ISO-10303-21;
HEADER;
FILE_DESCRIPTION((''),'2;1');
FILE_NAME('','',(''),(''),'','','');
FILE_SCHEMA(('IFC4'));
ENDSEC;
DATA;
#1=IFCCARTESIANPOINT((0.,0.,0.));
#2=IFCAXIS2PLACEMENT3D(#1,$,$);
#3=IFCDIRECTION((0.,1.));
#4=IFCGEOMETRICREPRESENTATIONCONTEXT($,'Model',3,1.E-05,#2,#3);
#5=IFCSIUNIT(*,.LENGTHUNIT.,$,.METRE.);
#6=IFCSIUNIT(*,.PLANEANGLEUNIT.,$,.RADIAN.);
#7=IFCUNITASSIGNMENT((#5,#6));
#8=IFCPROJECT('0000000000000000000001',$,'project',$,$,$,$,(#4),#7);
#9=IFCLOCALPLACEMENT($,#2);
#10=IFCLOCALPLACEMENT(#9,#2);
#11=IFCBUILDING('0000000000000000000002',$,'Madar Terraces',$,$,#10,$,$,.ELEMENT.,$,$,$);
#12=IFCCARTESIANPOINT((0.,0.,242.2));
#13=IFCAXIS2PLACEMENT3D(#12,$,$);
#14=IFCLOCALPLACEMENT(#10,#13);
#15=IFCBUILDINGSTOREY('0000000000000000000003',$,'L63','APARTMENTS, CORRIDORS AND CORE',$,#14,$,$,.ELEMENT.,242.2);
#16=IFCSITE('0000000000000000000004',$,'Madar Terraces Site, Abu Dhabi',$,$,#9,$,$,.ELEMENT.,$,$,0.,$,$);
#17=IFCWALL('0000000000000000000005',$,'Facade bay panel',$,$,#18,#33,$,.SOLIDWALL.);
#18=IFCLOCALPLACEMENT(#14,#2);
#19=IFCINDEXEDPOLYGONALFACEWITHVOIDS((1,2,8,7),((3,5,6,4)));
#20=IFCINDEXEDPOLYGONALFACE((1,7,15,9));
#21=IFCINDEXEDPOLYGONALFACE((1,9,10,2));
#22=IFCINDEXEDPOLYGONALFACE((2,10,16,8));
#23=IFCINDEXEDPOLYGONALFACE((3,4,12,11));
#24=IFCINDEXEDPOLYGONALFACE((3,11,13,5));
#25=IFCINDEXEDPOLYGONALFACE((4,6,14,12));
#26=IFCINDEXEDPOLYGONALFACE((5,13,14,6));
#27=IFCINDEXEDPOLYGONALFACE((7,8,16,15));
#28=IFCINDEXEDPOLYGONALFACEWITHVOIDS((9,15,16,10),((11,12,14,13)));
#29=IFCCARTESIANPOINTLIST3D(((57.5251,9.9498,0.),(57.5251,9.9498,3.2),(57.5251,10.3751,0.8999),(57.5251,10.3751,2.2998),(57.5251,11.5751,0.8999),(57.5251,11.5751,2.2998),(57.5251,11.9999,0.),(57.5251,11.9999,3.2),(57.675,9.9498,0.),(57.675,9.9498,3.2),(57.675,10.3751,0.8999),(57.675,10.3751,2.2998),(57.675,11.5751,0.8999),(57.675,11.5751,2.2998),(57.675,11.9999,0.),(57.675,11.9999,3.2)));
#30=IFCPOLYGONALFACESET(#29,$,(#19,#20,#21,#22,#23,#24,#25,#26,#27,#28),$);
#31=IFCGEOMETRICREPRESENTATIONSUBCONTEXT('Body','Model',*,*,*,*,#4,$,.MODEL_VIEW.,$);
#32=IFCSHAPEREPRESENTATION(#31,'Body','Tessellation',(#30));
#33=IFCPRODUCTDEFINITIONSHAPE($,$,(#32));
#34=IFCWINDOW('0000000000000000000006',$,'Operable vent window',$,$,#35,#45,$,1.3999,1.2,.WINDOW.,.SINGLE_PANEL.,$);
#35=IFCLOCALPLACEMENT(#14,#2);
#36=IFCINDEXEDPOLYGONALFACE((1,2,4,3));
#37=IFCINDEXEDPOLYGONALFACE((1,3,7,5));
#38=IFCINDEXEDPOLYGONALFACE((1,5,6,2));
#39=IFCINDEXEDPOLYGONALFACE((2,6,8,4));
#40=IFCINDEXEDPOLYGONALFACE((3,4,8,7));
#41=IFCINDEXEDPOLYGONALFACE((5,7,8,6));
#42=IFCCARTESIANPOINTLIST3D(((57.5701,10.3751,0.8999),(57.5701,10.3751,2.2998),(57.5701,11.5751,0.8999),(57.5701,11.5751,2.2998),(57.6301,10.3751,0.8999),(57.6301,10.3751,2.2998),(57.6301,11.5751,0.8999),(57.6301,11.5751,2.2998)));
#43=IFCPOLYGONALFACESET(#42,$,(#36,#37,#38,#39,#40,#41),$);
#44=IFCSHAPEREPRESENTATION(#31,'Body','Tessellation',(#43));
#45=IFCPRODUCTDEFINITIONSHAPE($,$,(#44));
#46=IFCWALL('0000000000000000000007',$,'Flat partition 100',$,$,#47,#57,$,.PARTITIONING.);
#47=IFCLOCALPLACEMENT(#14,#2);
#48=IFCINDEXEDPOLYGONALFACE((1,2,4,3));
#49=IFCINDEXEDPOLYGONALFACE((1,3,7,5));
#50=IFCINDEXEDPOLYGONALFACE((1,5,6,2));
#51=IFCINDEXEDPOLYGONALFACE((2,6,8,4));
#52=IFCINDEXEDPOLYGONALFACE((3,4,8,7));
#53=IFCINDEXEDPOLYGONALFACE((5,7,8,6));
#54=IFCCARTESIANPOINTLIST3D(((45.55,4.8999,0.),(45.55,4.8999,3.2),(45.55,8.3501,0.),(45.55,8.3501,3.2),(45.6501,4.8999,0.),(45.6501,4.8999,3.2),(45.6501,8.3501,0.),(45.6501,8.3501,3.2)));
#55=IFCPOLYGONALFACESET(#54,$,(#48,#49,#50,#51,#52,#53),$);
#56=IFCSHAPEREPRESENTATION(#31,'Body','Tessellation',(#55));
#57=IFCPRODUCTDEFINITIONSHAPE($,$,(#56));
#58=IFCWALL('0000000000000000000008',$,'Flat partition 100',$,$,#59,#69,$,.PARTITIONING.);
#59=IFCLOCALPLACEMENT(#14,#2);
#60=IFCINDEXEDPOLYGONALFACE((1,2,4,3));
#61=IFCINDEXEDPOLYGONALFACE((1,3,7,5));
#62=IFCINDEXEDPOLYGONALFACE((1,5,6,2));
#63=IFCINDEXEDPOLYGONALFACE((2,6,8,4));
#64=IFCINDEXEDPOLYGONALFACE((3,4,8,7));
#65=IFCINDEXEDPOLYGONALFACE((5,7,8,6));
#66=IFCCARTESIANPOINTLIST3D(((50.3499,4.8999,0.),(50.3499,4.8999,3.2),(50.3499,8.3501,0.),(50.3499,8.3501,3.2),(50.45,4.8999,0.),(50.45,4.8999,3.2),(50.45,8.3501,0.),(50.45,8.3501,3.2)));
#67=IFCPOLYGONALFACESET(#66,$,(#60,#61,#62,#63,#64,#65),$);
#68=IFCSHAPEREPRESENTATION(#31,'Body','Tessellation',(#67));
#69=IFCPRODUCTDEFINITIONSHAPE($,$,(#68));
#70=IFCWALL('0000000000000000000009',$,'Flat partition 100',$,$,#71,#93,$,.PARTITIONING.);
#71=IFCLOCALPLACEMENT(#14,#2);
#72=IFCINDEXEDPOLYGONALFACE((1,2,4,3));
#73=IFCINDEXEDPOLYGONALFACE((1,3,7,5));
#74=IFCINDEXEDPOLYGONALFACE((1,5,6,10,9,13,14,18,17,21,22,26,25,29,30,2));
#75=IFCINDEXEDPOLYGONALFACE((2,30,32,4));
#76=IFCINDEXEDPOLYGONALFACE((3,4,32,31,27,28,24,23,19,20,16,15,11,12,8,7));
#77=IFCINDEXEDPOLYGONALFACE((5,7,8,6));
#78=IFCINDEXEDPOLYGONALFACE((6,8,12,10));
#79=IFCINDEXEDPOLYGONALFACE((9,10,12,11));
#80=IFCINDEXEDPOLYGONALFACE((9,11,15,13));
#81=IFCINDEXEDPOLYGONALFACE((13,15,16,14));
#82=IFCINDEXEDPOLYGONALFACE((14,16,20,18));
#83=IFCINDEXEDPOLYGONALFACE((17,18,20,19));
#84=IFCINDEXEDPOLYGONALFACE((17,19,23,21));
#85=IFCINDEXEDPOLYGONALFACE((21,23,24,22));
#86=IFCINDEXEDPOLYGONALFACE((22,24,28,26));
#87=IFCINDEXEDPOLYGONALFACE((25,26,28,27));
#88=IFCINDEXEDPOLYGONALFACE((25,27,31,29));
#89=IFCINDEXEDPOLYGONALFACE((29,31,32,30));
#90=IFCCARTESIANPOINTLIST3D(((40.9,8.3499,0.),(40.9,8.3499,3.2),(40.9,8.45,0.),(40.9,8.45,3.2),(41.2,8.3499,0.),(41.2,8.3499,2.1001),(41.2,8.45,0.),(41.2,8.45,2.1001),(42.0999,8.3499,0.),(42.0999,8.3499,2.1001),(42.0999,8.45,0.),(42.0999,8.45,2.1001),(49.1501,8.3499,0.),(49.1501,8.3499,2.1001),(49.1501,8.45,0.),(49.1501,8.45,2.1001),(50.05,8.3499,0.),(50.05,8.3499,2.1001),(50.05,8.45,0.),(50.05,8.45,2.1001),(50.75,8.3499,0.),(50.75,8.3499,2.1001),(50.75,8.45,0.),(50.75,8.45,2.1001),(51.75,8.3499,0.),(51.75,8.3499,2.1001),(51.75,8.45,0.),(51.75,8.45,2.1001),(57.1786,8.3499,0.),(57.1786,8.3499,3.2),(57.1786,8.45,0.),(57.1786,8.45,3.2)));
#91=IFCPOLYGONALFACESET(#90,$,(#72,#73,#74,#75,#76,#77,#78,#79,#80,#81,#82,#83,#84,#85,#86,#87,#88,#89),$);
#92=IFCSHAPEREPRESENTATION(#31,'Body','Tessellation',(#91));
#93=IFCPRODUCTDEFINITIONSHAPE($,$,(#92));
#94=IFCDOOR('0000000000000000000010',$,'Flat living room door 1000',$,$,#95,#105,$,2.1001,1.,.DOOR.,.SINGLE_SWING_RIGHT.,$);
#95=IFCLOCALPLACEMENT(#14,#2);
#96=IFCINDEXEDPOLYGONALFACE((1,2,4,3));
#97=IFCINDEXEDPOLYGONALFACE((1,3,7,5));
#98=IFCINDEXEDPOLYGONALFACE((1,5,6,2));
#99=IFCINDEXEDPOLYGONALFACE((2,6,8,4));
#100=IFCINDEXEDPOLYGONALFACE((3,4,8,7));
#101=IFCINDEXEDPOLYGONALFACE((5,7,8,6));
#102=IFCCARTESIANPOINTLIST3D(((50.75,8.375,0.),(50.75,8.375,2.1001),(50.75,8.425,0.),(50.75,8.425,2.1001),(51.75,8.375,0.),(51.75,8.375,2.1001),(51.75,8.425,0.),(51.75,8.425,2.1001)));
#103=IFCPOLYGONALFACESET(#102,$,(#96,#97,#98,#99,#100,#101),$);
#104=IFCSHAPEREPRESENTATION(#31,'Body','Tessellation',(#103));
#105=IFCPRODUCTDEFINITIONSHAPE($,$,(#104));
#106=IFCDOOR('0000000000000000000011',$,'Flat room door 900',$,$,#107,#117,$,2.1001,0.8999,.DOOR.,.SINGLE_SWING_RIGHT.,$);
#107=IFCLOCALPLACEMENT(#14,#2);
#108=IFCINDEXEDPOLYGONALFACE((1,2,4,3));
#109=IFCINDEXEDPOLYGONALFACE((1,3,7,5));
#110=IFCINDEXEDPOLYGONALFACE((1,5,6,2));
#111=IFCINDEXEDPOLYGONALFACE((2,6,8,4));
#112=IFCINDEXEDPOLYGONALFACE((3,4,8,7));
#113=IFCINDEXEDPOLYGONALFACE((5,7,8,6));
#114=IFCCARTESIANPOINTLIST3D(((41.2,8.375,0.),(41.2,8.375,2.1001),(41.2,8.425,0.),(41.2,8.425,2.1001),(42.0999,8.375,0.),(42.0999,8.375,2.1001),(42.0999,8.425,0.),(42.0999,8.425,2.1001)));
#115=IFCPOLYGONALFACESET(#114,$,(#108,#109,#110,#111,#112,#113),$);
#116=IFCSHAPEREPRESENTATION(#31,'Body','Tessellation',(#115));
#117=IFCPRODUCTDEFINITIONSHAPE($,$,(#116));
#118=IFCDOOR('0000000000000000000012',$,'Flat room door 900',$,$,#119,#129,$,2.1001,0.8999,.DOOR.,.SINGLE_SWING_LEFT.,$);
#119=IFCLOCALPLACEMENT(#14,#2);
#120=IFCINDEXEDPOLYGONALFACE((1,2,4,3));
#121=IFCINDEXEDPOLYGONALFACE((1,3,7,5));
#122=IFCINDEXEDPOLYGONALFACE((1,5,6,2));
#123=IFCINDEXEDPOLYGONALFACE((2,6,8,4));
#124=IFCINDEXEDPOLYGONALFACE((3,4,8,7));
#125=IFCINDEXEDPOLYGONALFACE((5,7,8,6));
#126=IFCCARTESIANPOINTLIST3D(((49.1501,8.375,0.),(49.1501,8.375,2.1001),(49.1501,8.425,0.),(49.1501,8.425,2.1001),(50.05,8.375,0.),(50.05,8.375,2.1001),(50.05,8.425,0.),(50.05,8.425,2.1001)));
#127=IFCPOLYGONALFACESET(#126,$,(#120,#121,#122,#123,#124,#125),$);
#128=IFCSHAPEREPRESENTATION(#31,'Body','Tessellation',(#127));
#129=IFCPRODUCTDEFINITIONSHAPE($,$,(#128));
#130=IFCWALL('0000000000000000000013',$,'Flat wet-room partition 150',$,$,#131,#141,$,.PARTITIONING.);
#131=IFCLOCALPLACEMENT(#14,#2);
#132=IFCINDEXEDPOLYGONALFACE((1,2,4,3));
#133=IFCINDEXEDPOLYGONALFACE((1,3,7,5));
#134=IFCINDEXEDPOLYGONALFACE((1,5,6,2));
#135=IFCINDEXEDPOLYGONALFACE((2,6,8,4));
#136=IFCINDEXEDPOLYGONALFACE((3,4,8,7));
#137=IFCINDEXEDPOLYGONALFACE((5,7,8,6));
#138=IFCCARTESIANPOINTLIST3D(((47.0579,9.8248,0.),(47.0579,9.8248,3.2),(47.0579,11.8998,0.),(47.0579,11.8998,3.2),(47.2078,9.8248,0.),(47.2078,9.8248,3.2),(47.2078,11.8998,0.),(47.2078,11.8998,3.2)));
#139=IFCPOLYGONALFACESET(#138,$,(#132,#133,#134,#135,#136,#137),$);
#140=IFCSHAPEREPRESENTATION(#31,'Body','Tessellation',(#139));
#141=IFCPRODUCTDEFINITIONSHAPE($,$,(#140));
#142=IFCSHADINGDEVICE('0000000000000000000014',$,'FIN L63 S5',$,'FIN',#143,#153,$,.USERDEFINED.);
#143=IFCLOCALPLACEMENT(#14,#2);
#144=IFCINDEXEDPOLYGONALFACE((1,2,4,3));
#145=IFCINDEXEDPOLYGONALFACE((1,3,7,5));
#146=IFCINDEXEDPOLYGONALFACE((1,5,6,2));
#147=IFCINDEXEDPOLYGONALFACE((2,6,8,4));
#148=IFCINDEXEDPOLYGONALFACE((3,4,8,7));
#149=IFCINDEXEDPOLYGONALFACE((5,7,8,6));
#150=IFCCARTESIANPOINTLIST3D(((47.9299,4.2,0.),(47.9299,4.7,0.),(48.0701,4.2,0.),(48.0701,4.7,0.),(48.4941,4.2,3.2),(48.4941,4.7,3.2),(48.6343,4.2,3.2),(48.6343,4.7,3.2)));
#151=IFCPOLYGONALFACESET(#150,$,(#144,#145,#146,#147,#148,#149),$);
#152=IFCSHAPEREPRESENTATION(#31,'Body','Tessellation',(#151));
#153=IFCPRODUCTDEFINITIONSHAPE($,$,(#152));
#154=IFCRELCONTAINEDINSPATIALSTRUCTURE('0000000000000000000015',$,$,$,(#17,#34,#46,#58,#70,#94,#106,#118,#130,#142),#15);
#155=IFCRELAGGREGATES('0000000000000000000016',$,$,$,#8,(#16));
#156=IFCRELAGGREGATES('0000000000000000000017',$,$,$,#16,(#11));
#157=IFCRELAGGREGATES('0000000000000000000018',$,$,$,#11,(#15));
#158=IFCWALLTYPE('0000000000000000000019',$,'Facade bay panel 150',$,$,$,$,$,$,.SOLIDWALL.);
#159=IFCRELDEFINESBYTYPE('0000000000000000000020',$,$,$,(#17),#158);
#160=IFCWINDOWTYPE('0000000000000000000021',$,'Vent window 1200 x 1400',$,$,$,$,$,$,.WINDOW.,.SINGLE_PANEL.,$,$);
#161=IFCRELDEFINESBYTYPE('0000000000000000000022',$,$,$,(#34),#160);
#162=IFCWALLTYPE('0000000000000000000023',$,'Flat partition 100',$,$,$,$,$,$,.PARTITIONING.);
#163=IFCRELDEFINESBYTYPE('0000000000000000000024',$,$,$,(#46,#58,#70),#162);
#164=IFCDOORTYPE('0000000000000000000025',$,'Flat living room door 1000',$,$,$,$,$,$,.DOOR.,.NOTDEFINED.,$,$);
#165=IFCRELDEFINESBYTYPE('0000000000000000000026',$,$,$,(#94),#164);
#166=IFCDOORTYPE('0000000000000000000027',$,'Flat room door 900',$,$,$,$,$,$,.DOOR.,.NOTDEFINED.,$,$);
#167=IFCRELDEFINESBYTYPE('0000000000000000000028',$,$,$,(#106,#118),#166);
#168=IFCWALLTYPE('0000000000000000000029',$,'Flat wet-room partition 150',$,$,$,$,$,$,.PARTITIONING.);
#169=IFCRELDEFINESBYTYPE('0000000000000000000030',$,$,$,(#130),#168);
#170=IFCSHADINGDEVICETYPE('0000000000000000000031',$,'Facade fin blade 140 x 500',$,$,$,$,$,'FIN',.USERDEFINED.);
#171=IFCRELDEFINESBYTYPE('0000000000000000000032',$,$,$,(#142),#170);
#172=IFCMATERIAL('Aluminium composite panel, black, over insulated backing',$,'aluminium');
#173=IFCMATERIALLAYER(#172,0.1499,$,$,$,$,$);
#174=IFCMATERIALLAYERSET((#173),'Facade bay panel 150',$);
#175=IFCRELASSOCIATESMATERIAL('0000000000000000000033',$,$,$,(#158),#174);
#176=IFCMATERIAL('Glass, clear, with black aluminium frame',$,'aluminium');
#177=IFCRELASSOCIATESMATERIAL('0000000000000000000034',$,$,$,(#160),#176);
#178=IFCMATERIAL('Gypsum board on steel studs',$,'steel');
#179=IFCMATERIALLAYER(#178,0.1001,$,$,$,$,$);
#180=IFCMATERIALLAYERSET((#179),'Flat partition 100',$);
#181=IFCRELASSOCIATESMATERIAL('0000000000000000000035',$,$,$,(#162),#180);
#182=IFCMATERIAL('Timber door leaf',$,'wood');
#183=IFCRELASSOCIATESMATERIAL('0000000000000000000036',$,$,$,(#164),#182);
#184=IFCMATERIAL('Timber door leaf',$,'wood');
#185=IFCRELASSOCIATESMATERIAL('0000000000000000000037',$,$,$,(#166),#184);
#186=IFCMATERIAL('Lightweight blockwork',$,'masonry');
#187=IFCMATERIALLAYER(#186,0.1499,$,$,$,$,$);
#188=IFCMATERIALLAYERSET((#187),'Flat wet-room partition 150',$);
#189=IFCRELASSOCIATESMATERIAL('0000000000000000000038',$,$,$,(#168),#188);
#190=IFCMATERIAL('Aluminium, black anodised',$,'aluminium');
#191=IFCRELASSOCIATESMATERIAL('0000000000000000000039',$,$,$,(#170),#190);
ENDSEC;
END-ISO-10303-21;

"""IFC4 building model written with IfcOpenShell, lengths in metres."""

from ifc_helpers import new_model, si_unit, direction, frame, frame_2d, origin, place, context, subcontext, project, spatial, polyline, rectangle, outline, extrude, material, layer, layer_set, type_object, element, fill, save


model = new_model("IFC4")

# Units and contexts
model_context = context("Model", 3, precision=1e-05, world=origin(), true_north=direction((0.0, 1.0)))
body_context = subcontext(model_context, "Body", "Model", "MODEL_VIEW")
ifc_project = project(units=[si_unit("LENGTHUNIT", "METRE"), si_unit("PLANEANGLEUNIT", "RADIAN")], contexts=[model_context])

# Site, building, storey
site_placement = place(None, origin())
site = spatial("IfcSite", under=ifc_project, at=site_placement, Name="Madar Terraces Site, Abu Dhabi", CompositionType="ELEMENT", RefElevation=0.0)
building_placement = place(site_placement, origin())
building = spatial("IfcBuilding", under=site, at=building_placement, Name="Madar Terraces", CompositionType="ELEMENT")
storey_placement = place(building_placement, frame((0.0, 0.0, 242.2)))
storey = spatial("IfcBuildingStorey", under=building, at=storey_placement, Name="L63", Description="APARTMENTS, CORRIDORS AND CORE", CompositionType="ELEMENT", Elevation=242.2)

# Wall, opening, window
ifc_material_1 = material(Name="Aluminium composite panel, black, over insulated backing", Category="aluminium")
ifc_layer_1 = layer(ifc_material_1, 0.1499)
ifc_layer_set_1 = layer_set([ifc_layer_1], Name="Facade bay panel 150")
wall_type_1 = type_object("IfcWallType", Name="Facade bay panel 150", PredefinedType="SOLIDWALL", material=ifc_layer_set_1)
wall_1_placement = place(storey_placement, frame((57.6001, 9.95, 0.0), z_axis=(0.0, 0.0, 1.0), x_axis=(0.0, 1.0, 0.0)))
wall_1 = element("IfcWall", 1, at=wall_1_placement, inside=storey, type_object=wall_type_1, Name="Facade bay panel", PredefinedType="SOLIDWALL", context=body_context, shape_type="SweptSolid", body=[
    extrude(rectangle(XDim=2.05, YDim=0.1499, at=frame_2d((1.0249, 0.0))), origin(), (0.0, 0.0, 1.0), 3.2),
])
opening_1_placement = place(wall_1_placement, frame((0.425, 0.0, 0.8999)))
opening_1 = element("IfcOpeningElement", 2, at=opening_1_placement, cuts=wall_1, PredefinedType="OPENING", context=body_context, shape_type="SweptSolid", body=[
    extrude(rectangle(XDim=1.2, YDim=1.3999, at=frame_2d((0.6001, 0.7))), frame((0.0, 0.085, 0.0), z_axis=(0.0, -1.0, 0.0), x_axis=(1.0, 0.0, 0.0)), (0.0, 0.0, 1.0), 0.1699),
])
ifc_material_2 = material(Name="Glass, clear, with black aluminium frame", Category="aluminium")
window_type = type_object("IfcWindowType", Name="Vent window 1200 x 1400", PartitioningType="SINGLE_PANEL", PredefinedType="WINDOW", material=ifc_material_2)
window_placement = place(opening_1_placement, origin())
window = element("IfcWindow", 3, at=window_placement, inside=storey, type_object=window_type, Name="Operable vent window", OverallHeight=1.3999, OverallWidth=1.2, PartitioningType="SINGLE_PANEL", PredefinedType="WINDOW", context=body_context, shape_type="SweptSolid", body=[
    extrude(rectangle(XDim=1.2, YDim=1.3999, at=frame_2d((0.6001, 0.7))), frame((0.0, 0.03, 0.0), z_axis=(0.0, -1.0, 0.0), x_axis=(1.0, 0.0, 0.0)), (0.0, 0.0, 1.0), 0.0601),
])
fill(opening_1, window)

# Walls
ifc_material_3 = material(Name="Gypsum board on steel studs", Category="steel")
ifc_layer_2 = layer(ifc_material_3, 0.1001)
ifc_layer_set_2 = layer_set([ifc_layer_2], Name="Flat partition 100")
wall_type_2 = type_object("IfcWallType", Name="Flat partition 100", PredefinedType="PARTITIONING", material=ifc_layer_set_2)
for number, where, z_axis, x_axis, name in (
    (4, (45.6001, 8.3501, 0.0), (0.0, 0.0, 1.0), (0.0, -1.0, 0.0), "Flat partition 100"),
    (5, (50.3999, 8.3501, 0.0), (0.0, 0.0, 1.0), (0.0, -1.0, 0.0), "Flat partition 100"),
):
    element("IfcWall", number, at=place(storey_placement, frame(where, z_axis=z_axis, x_axis=x_axis)), inside=storey, type_object=wall_type_2, Name=name, PredefinedType="PARTITIONING", context=body_context, shape_type="SweptSolid", body=[
        extrude(rectangle(XDim=3.4502, YDim=0.1001, at=frame_2d((1.7251, 0.0))), origin(), (0.0, 0.0, 1.0), 3.2),
    ])

# Wall, openings, doors
wall_2_placement = place(storey_placement, frame((57.1785, 8.3999, 0.0), z_axis=(0.0, 0.0, 1.0), x_axis=(-1.0, 0.0, 0.0)))
wall_2 = element("IfcWall", 6, at=wall_2_placement, inside=storey, type_object=wall_type_2, Name="Flat partition 100", PredefinedType="PARTITIONING", context=body_context, shape_type="SweptSolid", body=[
    extrude(rectangle(XDim=16.2786, YDim=0.1001, at=frame_2d((8.1392, 0.0))), origin(), (0.0, 0.0, 1.0), 3.2),
])
opening_2_placement = place(wall_2_placement, frame((15.0786, 0.0, 0.0)))
opening_2 = element("IfcOpeningElement", 7, at=opening_2_placement, cuts=wall_2, PredefinedType="OPENING", context=body_context, shape_type="SweptSolid", body=[
    extrude(rectangle(XDim=0.8999, YDim=2.1001, at=frame_2d((0.45, 1.05))), frame((0.0, 0.0601, 0.0), z_axis=(0.0, -1.0, 0.0), x_axis=(1.0, 0.0, 0.0)), (0.0, 0.0, 1.0), 0.1201),
])
opening_3_placement = place(wall_2_placement, frame((7.1284, 0.0, 0.0)))
opening_3 = element("IfcOpeningElement", 8, at=opening_3_placement, cuts=wall_2, PredefinedType="OPENING", context=body_context, shape_type="SweptSolid", body=[
    extrude(rectangle(XDim=0.8999, YDim=2.1001, at=frame_2d((0.45, 1.05))), frame((0.0, 0.0601, 0.0), z_axis=(0.0, -1.0, 0.0), x_axis=(1.0, 0.0, 0.0)), (0.0, 0.0, 1.0), 0.1201),
])
opening_4_placement = place(wall_2_placement, frame((5.4285, 0.0, 0.0)))
opening_4 = element("IfcOpeningElement", 9, at=opening_4_placement, cuts=wall_2, PredefinedType="OPENING", context=body_context, shape_type="SweptSolid", body=[
    extrude(rectangle(XDim=1.0, YDim=2.1001, at=frame_2d((0.5, 1.05))), frame((0.0, 0.0601, 0.0), z_axis=(0.0, -1.0, 0.0), x_axis=(1.0, 0.0, 0.0)), (0.0, 0.0, 1.0), 0.1201),
])
ifc_material_4 = material(Name="Timber door leaf", Category="wood")
door_type_1 = type_object("IfcDoorType", Name="Flat living room door 1000", OperationType="NOTDEFINED", PredefinedType="DOOR", material=ifc_material_4)
door_1_placement = place(opening_4_placement, origin())
door_1 = element("IfcDoor", 10, at=door_1_placement, inside=storey, type_object=door_type_1, Name="Flat living room door 1000", OperationType="SINGLE_SWING_RIGHT", OverallHeight=2.1001, OverallWidth=1.0, PredefinedType="DOOR", context=body_context, shape_type="SweptSolid", body=[
    extrude(rectangle(XDim=1.0, YDim=2.1001, at=frame_2d((0.5, 1.05))), frame((0.0, 0.0249, 0.0), z_axis=(0.0, -1.0, 0.0), x_axis=(1.0, 0.0, 0.0)), (0.0, 0.0, 1.0), 0.05),
])
fill(opening_4, door_1)
ifc_material_5 = material(Name="Timber door leaf", Category="wood")
door_type_2 = type_object("IfcDoorType", Name="Flat room door 900", OperationType="NOTDEFINED", PredefinedType="DOOR", material=ifc_material_5)
door_2_placement = place(opening_2_placement, origin())
door_2 = element("IfcDoor", 11, at=door_2_placement, inside=storey, type_object=door_type_2, Name="Flat room door 900", OperationType="SINGLE_SWING_RIGHT", OverallHeight=2.1001, OverallWidth=0.8999, PredefinedType="DOOR", context=body_context, shape_type="SweptSolid", body=[
    extrude(rectangle(XDim=0.8999, YDim=2.1001, at=frame_2d((0.45, 1.05))), frame((0.0, 0.0249, 0.0), z_axis=(0.0, -1.0, 0.0), x_axis=(1.0, 0.0, 0.0)), (0.0, 0.0, 1.0), 0.05),
])
fill(opening_2, door_2)
door_3_placement = place(opening_3_placement, origin())
door_3 = element("IfcDoor", 12, at=door_3_placement, inside=storey, type_object=door_type_2, Name="Flat room door 900", OperationType="SINGLE_SWING_LEFT", OverallHeight=2.1001, OverallWidth=0.8999, PredefinedType="DOOR", context=body_context, shape_type="SweptSolid", body=[
    extrude(rectangle(XDim=0.8999, YDim=2.1001, at=frame_2d((0.45, 1.05))), frame((0.0, 0.0249, 0.0), z_axis=(0.0, -1.0, 0.0), x_axis=(1.0, 0.0, 0.0)), (0.0, 0.0, 1.0), 0.05),
])
fill(opening_3, door_3)

# Wall
ifc_material_6 = material(Name="Lightweight blockwork", Category="masonry")
ifc_layer_3 = layer(ifc_material_6, 0.1499)
ifc_layer_set_3 = layer_set([ifc_layer_3], Name="Flat wet-room partition 150")
wall_type_3 = type_object("IfcWallType", Name="Flat wet-room partition 150", PredefinedType="PARTITIONING", material=ifc_layer_set_3)
wall_3_placement = place(storey_placement, frame((47.1328, 11.8999, 0.0), z_axis=(0.0, 0.0, 1.0), x_axis=(0.0, -1.0, 0.0)))
element("IfcWall", 13, at=wall_3_placement, inside=storey, type_object=wall_type_3, Name="Flat wet-room partition 150", PredefinedType="PARTITIONING", context=body_context, shape_type="SweptSolid", body=[
    extrude(rectangle(XDim=2.075, YDim=0.1499, at=frame_2d((1.0376, 0.0))), origin(), (0.0, 0.0, 1.0), 3.2),
])

# Shading device
ifc_material_7 = material(Name="Aluminium, black anodised", Category="aluminium")
shading_device_type = type_object("IfcShadingDeviceType", Name="Facade fin blade 140 x 500", ElementType="FIN", PredefinedType="USERDEFINED", material=ifc_material_7)
shading_device_placement = place(storey_placement, frame((47.9299, 4.45, 0.0), z_axis=(0.0, 0.0, 1.0), x_axis=(1.0, 0.0, 0.0)))
element("IfcShadingDevice", 14, at=shading_device_placement, inside=storey, type_object=shading_device_type, Name="FIN L63 S5", ObjectType="FIN", PredefinedType="USERDEFINED", context=body_context, shape_type="SweptSolid", body=[
    extrude(outline(polyline([(0.0, 0.0), (0.1401, 0.0), (0.7043, 3.2), (0.5642, 3.2), (0.0, 0.0)])), frame((0.0, 0.25, 0.0), z_axis=(0.0, -1.0, 0.0), x_axis=(1.0, 0.0, 0.0)), (0.0, 0.0, 1.0), 0.5),
])

save(model, "model.ifc")
